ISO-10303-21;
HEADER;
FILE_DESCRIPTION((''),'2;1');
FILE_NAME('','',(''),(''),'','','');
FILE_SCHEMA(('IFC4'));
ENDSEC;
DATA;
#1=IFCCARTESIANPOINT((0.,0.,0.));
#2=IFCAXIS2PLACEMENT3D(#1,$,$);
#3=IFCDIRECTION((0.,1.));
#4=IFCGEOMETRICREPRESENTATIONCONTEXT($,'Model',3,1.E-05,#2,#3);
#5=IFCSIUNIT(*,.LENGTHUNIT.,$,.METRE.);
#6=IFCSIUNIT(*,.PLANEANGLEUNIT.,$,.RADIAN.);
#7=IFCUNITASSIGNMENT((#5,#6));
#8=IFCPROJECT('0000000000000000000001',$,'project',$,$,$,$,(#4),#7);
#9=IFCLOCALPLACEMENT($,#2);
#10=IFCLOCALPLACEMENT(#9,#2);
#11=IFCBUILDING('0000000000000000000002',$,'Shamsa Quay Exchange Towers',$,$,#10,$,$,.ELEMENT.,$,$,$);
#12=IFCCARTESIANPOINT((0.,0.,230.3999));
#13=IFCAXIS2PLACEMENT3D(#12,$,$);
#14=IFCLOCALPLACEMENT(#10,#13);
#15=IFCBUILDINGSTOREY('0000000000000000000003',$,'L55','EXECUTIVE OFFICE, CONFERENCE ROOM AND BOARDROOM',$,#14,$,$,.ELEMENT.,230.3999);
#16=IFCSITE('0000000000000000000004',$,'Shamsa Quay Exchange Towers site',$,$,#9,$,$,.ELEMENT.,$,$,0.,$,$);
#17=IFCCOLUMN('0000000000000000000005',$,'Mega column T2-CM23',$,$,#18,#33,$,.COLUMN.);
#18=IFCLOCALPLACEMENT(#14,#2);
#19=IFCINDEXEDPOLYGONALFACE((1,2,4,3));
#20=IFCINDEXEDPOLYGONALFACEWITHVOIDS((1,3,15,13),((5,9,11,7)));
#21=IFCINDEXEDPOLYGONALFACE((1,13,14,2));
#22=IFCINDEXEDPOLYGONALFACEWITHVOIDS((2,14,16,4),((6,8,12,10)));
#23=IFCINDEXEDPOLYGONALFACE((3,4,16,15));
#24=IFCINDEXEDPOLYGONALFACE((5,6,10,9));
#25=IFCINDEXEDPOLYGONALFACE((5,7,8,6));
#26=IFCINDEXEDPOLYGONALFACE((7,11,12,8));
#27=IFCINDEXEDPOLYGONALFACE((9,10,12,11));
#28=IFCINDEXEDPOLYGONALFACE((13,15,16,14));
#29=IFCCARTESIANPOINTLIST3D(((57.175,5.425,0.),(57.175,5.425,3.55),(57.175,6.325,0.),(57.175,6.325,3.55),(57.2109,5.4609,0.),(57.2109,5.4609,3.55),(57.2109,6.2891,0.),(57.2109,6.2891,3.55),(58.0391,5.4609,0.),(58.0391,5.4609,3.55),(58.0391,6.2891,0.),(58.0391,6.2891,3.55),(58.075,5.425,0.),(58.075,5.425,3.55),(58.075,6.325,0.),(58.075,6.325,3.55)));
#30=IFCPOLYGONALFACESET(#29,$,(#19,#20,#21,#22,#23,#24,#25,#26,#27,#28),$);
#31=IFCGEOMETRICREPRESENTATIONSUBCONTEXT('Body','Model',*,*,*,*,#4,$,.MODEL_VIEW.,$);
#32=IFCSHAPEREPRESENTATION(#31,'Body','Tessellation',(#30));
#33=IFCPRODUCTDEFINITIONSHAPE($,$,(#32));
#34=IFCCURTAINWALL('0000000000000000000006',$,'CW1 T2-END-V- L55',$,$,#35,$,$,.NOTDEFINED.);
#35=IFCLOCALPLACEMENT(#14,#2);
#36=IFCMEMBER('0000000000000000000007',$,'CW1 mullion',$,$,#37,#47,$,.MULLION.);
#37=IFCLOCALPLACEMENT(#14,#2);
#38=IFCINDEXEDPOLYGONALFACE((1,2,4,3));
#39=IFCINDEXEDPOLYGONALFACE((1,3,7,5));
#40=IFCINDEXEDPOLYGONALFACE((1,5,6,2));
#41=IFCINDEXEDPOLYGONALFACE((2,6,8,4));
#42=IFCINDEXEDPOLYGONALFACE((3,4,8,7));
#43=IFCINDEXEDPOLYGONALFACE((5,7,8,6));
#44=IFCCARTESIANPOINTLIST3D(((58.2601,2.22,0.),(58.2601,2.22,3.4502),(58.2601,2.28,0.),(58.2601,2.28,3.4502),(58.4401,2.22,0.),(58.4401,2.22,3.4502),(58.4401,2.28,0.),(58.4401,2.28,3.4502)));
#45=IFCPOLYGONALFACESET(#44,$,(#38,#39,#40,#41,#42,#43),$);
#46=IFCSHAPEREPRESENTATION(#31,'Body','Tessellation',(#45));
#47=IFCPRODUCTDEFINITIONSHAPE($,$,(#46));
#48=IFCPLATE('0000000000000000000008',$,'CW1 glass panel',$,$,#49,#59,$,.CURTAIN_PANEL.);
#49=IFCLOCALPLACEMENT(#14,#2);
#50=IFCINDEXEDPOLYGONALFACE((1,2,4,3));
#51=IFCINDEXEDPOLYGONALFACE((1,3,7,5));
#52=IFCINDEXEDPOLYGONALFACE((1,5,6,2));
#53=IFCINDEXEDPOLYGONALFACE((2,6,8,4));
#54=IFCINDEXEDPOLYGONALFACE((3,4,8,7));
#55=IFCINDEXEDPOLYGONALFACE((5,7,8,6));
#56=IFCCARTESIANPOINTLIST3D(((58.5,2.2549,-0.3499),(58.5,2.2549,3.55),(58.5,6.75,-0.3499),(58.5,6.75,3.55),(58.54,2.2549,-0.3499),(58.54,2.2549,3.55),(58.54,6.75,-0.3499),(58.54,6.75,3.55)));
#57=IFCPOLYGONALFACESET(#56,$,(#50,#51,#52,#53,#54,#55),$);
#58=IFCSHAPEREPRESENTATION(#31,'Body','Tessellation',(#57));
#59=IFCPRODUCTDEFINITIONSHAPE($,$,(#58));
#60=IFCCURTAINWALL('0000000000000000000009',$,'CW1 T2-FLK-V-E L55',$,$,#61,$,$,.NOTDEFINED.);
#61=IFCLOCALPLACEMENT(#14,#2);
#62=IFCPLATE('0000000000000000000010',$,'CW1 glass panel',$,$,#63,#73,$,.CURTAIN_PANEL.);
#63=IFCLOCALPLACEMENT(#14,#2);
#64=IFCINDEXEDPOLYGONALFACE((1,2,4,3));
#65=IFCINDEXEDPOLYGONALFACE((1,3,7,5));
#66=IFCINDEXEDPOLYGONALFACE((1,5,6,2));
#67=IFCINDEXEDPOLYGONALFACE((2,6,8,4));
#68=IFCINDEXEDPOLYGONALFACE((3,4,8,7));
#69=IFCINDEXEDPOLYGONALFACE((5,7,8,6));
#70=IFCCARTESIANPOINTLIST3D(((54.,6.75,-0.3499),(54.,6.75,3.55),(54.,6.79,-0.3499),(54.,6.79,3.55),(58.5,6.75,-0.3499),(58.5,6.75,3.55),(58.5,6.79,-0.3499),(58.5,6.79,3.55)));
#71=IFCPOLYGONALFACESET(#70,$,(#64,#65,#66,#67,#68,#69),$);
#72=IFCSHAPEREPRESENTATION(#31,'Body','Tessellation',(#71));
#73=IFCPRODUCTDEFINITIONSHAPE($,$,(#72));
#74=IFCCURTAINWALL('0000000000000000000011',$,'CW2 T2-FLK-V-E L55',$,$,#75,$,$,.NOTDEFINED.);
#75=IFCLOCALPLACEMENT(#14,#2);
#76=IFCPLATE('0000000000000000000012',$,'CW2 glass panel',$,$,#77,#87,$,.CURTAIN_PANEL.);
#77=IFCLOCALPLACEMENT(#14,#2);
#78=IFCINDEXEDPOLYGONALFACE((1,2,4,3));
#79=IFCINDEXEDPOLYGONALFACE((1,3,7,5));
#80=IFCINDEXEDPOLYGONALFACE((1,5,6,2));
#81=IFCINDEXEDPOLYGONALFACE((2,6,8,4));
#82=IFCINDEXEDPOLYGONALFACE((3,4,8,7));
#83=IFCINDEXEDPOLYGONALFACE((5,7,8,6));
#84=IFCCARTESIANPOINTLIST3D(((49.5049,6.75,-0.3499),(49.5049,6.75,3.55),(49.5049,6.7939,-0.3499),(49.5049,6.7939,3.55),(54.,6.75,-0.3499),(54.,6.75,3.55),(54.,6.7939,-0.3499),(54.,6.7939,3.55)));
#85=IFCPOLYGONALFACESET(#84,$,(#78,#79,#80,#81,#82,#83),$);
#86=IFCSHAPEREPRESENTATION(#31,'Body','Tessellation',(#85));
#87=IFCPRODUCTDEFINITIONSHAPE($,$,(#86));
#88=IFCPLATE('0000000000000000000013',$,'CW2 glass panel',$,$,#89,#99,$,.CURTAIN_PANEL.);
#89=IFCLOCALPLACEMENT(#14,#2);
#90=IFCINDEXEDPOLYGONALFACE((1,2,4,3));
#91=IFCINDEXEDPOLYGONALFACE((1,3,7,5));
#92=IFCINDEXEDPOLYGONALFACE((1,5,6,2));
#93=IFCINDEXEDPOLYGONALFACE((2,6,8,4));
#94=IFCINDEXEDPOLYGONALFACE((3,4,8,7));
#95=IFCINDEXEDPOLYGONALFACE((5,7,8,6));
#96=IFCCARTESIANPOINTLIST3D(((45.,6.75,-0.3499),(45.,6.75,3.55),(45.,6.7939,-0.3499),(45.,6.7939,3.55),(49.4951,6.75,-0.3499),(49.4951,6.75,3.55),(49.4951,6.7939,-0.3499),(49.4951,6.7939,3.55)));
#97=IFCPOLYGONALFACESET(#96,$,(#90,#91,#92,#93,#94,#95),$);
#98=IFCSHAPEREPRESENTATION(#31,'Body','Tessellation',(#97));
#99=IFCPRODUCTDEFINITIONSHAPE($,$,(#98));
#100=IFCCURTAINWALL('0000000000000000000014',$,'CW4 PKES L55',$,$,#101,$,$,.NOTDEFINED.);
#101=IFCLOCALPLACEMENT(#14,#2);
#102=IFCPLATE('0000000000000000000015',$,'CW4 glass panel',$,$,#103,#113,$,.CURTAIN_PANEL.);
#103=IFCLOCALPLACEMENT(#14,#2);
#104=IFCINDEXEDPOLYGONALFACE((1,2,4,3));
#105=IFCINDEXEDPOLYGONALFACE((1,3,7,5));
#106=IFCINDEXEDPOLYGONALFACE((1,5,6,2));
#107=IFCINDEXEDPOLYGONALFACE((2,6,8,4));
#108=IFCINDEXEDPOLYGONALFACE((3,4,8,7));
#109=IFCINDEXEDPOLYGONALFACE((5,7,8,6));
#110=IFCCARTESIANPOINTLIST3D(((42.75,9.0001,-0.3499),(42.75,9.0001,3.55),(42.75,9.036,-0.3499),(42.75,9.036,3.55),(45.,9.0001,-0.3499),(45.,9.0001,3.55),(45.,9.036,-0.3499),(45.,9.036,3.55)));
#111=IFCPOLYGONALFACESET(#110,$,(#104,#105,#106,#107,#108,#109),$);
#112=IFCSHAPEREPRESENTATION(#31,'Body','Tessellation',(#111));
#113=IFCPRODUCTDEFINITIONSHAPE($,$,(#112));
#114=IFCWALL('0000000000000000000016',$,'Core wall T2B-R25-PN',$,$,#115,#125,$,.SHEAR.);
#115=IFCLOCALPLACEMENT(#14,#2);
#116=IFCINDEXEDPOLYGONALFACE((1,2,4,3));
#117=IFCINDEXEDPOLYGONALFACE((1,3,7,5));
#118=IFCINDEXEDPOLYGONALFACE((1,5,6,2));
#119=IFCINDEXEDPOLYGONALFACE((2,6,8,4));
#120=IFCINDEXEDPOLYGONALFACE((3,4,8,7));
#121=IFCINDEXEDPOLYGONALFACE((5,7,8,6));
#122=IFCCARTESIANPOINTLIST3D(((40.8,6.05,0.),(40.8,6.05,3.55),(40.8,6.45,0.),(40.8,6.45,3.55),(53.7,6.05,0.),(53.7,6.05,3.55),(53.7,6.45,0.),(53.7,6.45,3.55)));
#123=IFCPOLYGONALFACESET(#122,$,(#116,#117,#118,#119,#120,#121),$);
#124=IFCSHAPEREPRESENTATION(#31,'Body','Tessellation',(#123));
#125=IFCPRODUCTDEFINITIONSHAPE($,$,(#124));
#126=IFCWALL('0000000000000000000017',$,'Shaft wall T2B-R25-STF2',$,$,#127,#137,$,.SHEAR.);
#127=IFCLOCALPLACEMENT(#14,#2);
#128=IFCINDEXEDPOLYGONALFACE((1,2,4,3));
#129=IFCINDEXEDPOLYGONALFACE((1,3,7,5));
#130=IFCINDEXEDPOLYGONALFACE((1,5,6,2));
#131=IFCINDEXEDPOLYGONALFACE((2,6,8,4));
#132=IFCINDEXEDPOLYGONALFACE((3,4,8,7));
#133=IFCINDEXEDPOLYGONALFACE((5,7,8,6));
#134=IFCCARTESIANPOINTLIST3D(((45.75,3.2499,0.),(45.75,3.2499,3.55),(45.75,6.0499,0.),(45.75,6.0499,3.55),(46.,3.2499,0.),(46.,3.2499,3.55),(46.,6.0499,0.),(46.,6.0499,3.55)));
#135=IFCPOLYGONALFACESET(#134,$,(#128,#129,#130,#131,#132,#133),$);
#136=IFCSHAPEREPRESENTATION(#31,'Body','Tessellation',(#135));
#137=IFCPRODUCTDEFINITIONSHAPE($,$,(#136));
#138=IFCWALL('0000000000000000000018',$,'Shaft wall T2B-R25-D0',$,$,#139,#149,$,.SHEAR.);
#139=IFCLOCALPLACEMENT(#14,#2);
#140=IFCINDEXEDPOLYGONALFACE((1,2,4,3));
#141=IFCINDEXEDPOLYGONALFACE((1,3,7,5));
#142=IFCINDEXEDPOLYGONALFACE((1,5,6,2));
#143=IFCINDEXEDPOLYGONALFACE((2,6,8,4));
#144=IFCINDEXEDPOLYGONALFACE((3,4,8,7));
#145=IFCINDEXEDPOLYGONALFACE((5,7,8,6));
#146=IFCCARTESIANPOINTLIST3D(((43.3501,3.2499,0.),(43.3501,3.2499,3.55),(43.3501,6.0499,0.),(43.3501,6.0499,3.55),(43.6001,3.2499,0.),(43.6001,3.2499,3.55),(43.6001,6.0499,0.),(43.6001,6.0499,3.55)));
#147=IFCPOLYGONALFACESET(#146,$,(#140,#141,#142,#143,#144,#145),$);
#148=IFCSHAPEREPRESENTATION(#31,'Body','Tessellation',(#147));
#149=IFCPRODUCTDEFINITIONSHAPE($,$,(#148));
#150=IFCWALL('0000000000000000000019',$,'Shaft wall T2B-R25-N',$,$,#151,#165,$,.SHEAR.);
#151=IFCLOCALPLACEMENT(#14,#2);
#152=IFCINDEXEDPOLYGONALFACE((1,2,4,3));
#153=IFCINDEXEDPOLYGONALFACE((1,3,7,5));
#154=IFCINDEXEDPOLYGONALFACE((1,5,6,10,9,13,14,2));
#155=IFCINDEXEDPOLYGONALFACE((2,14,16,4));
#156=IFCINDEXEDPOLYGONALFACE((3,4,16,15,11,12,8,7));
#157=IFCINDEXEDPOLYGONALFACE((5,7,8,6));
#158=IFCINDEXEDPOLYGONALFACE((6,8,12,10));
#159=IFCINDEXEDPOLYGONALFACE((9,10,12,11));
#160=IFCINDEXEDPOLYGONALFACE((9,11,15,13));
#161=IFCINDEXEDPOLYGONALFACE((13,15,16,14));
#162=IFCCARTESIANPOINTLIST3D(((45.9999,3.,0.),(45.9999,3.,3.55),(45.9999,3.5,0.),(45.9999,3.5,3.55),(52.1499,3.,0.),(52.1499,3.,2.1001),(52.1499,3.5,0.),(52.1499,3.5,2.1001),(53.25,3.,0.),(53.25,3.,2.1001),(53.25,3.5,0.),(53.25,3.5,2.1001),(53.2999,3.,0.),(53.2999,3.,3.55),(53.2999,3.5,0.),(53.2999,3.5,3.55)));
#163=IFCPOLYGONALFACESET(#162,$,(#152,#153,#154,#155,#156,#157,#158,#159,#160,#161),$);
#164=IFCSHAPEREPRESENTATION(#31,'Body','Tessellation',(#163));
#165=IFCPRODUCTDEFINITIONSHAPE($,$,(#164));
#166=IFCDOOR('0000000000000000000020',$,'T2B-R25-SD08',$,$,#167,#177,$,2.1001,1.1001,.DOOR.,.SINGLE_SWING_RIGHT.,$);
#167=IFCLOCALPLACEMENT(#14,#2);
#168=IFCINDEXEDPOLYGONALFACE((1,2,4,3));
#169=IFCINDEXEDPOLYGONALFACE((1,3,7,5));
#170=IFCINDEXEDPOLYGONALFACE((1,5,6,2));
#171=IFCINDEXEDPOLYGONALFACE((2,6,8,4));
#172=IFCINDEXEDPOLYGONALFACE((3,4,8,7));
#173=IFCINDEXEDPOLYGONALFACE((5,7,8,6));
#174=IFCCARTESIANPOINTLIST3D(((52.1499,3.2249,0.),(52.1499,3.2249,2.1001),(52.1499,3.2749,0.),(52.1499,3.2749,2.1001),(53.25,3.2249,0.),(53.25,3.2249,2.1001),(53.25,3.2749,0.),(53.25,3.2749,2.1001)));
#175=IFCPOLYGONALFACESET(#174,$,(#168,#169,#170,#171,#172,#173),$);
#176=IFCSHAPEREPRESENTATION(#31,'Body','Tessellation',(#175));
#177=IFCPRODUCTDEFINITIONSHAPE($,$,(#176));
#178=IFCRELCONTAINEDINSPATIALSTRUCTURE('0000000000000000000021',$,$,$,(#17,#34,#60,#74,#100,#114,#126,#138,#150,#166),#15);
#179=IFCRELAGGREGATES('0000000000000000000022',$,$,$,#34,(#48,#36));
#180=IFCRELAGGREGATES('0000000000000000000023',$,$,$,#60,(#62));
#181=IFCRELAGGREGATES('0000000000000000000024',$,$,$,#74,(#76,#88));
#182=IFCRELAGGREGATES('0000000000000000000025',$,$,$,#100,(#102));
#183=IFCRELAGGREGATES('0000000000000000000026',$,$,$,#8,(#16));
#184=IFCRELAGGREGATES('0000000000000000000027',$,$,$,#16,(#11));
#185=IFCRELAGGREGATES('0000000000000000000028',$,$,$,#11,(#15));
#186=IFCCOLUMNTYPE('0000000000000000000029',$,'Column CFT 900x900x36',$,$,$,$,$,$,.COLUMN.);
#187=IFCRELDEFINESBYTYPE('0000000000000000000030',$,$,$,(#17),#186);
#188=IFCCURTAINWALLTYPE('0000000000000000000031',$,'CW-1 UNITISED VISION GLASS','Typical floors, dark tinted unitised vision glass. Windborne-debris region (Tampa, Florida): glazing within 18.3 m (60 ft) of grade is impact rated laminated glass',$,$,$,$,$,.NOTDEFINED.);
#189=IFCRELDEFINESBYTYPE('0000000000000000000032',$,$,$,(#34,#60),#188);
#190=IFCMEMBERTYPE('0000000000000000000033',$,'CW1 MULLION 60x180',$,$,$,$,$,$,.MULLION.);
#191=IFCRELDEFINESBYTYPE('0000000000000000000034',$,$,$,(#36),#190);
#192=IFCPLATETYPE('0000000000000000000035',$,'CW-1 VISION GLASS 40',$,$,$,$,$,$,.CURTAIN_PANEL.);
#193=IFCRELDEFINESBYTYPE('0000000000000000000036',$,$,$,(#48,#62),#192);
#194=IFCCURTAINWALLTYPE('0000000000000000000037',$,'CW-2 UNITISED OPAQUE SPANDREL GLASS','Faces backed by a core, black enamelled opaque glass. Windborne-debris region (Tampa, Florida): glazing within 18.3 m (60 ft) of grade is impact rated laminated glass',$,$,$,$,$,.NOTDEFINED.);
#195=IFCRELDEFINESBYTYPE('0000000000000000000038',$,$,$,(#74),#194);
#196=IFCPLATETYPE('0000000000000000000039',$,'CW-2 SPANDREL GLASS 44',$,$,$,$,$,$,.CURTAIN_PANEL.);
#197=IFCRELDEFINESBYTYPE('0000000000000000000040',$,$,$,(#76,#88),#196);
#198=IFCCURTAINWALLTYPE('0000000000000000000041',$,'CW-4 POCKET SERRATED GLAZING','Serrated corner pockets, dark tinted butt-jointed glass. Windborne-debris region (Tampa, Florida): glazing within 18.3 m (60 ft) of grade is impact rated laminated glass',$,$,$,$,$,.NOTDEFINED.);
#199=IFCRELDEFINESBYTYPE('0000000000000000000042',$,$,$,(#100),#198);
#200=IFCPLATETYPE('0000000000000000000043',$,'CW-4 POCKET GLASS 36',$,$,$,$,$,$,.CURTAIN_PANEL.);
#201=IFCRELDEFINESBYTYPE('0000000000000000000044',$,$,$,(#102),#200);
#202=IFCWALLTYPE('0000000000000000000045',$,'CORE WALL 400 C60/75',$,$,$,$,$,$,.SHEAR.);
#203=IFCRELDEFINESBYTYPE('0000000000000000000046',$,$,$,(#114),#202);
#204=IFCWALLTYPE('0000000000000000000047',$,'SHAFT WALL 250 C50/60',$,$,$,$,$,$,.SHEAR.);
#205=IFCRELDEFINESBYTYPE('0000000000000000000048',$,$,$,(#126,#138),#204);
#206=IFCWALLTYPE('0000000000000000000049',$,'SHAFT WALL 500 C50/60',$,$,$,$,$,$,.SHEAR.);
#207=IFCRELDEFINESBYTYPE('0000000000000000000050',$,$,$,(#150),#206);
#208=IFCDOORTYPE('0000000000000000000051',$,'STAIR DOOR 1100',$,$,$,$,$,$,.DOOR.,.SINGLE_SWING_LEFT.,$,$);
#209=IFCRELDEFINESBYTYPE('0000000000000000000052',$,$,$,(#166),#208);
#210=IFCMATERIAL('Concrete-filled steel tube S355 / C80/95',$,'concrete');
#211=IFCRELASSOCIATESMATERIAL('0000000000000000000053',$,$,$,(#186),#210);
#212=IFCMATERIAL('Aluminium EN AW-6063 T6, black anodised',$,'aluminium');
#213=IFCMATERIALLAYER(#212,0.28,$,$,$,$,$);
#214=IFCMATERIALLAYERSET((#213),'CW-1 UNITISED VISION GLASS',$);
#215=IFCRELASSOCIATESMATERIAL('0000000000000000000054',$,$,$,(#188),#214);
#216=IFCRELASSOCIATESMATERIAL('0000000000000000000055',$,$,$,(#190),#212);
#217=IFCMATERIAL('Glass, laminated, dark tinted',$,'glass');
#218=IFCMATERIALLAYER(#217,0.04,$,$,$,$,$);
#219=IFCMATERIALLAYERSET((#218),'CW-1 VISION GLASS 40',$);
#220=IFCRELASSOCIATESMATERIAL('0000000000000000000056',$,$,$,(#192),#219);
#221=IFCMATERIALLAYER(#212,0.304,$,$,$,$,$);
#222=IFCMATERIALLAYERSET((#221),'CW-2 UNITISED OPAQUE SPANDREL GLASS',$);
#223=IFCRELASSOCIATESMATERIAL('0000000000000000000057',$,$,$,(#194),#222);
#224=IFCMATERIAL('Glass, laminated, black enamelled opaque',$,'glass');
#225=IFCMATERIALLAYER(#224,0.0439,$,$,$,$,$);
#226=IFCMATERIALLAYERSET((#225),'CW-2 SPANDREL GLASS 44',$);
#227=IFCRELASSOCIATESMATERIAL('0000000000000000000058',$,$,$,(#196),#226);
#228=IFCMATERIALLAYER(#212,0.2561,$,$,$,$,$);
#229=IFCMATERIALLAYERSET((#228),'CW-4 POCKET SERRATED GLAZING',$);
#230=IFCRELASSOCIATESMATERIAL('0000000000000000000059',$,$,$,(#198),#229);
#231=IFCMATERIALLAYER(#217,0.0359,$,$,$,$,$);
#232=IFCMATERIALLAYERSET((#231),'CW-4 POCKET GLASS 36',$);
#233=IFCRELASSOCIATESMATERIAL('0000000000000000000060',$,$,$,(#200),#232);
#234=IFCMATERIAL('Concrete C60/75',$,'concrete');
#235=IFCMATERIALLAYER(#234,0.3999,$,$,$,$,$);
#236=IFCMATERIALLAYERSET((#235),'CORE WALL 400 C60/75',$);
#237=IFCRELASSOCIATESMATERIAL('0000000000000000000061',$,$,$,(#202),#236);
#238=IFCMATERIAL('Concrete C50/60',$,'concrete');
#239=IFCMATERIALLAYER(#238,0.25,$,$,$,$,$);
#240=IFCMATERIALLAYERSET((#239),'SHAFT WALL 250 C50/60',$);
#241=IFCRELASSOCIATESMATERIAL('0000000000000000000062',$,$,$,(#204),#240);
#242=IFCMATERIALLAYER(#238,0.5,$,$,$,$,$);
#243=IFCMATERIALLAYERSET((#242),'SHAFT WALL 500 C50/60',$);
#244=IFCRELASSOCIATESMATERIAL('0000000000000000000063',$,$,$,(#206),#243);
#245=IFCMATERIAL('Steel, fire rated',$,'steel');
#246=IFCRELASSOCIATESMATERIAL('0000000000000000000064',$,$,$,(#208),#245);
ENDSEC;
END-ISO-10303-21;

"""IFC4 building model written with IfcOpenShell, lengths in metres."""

from ifc_helpers import new_model, si_unit, direction, frame, frame_2d, origin, origin_2d, place, context, subcontext, project, spatial, rectangle, hollow_rectangle, extrude, material, layer, layer_set, material_profile, profile_set, type_object, element, fill, aggregate, save


model = new_model("IFC4")

# Units and contexts
model_context = context("Model", 3, precision=1e-05, world=origin(), true_north=direction((0.0, 1.0)))
body_context = subcontext(model_context, "Body", "Model", "MODEL_VIEW")
ifc_project = project(units=[si_unit("LENGTHUNIT", "METRE"), si_unit("PLANEANGLEUNIT", "RADIAN")], contexts=[model_context])

# Site, building, storey
site_placement = place(None, origin())
site = spatial("IfcSite", under=ifc_project, at=site_placement, Name="Shamsa Quay Exchange Towers site", CompositionType="ELEMENT", RefElevation=0.0)
building_placement = place(site_placement, origin())
building = spatial("IfcBuilding", under=site, at=building_placement, Name="Shamsa Quay Exchange Towers", CompositionType="ELEMENT")
storey_placement = place(building_placement, frame((0.0, 0.0, 230.3999)))
storey = spatial("IfcBuildingStorey", under=building, at=storey_placement, Name="L55", Description="EXECUTIVE OFFICE, CONFERENCE ROOM AND BOARDROOM", CompositionType="ELEMENT", Elevation=230.3999)

# Column
ifc_material_1 = material(Name="Concrete-filled steel tube S355 / C80/95", Category="concrete")
ifc_material_profile_1 = material_profile(ifc_material_1, hollow_rectangle(XDim=0.8999, YDim=0.8999, WallThickness=0.0359, at=origin_2d()), Name="CFT 900x900x36")
ifc_profile_set_1 = profile_set([ifc_material_profile_1], Name="Concrete-filled steel tube S355 / C80/95")
column_type = type_object("IfcColumnType", Name="Column CFT 900x900x36", PredefinedType="COLUMN", material=ifc_profile_set_1)
column_placement = place(storey_placement, frame((57.625, 5.875, 0.0)))
element("IfcColumn", 1, at=column_placement, inside=storey, type_object=column_type, Name="Mega column T2-CM23", PredefinedType="COLUMN", context=body_context, shape_type="SweptSolid", body=[
    extrude(hollow_rectangle(XDim=0.8999, YDim=0.8999, WallThickness=0.0359, at=origin_2d()), origin(), (0.0, 0.0, 1.0), 3.55),
])

# Curtain wall, member, plate
ifc_material_2 = material(Name="Aluminium EN AW-6063 T6, black anodised", Category="aluminium")
ifc_layer_1 = layer(ifc_material_2, 0.28)
ifc_layer_set_1 = layer_set([ifc_layer_1], Name="CW-1 UNITISED VISION GLASS")
curtain_wall_type_1 = type_object("IfcCurtainWallType", Name="CW-1 UNITISED VISION GLASS", Description="Typical floors, dark tinted unitised vision glass. Windborne-debris region (Tampa, Florida): glazing within 18.3 m (60 ft) of grade is impact rated laminated glass", PredefinedType="NOTDEFINED", material=ifc_layer_set_1)
curtain_wall_1_placement = place(storey_placement, origin())
curtain_wall_1 = element("IfcCurtainWall", 2, at=curtain_wall_1_placement, inside=storey, type_object=curtain_wall_type_1, Name="CW1 T2-END-V- L55", PredefinedType="NOTDEFINED")
ifc_material_profile_2 = material_profile(ifc_material_2, rectangle(XDim=0.1799, YDim=0.0601, at=origin_2d()), Name="MU60x180")
ifc_profile_set_2 = profile_set([ifc_material_profile_2], Name="Aluminium EN AW-6063 T6, black anodised")
member_type = type_object("IfcMemberType", Name="CW1 MULLION 60x180", PredefinedType="MULLION", material=ifc_profile_set_2)
member_placement = place(storey_placement, frame((58.3501, 2.25, 0.0), z_axis=(0.0, 0.0, 1.0), x_axis=(-1.0, 0.0, 0.0)))
member = element("IfcMember", 3, at=member_placement, type_object=member_type, Name="CW1 mullion", PredefinedType="MULLION", context=body_context, shape_type="SweptSolid", body=[
    extrude(rectangle(XDim=0.1799, YDim=0.0601, at=origin_2d()), origin(), (0.0, 0.0, 1.0), 3.4502),
])
ifc_material_3 = material(Name="Glass, laminated, dark tinted", Category="glass")
ifc_layer_2 = layer(ifc_material_3, 0.04)
ifc_layer_set_2 = layer_set([ifc_layer_2], Name="CW-1 VISION GLASS 40")
plate_type_1 = type_object("IfcPlateType", Name="CW-1 VISION GLASS 40", PredefinedType="CURTAIN_PANEL", material=ifc_layer_set_2)
plate_1_placement = place(storey_placement, frame((58.52, 4.5024, -0.3499), z_axis=(0.0, 0.0, 1.0), x_axis=(0.0, 1.0, 0.0)))
plate_1 = element("IfcPlate", 4, at=plate_1_placement, type_object=plate_type_1, Name="CW1 glass panel", PredefinedType="CURTAIN_PANEL", context=body_context, shape_type="SweptSolid", body=[
    extrude(rectangle(XDim=4.4951, YDim=0.04, at=origin_2d()), origin(), (0.0, 0.0, 1.0), 3.8999),
])
aggregate(curtain_wall_1, [plate_1, member])

# Curtain wall, plate
curtain_wall_2_placement = place(storey_placement, origin())
curtain_wall_2 = element("IfcCurtainWall", 5, at=curtain_wall_2_placement, inside=storey, type_object=curtain_wall_type_1, Name="CW1 T2-FLK-V-E L55", PredefinedType="NOTDEFINED")
plate_2_placement = place(storey_placement, frame((56.25, 6.77, -0.3499), z_axis=(0.0, 0.0, 1.0), x_axis=(-1.0, 0.0, 0.0)))
plate_2 = element("IfcPlate", 6, at=plate_2_placement, type_object=plate_type_1, Name="CW1 glass panel", PredefinedType="CURTAIN_PANEL", context=body_context, shape_type="SweptSolid", body=[
    extrude(rectangle(XDim=4.5, YDim=0.04, at=origin_2d()), origin(), (0.0, 0.0, 1.0), 3.8999),
])
aggregate(curtain_wall_2, [plate_2])

# Curtain wall, plates
ifc_layer_3 = layer(ifc_material_2, 0.304)
ifc_layer_set_3 = layer_set([ifc_layer_3], Name="CW-2 UNITISED OPAQUE SPANDREL GLASS")
curtain_wall_type_2 = type_object("IfcCurtainWallType", Name="CW-2 UNITISED OPAQUE SPANDREL GLASS", Description="Faces backed by a core, black enamelled opaque glass. Windborne-debris region (Tampa, Florida): glazing within 18.3 m (60 ft) of grade is impact rated laminated glass", PredefinedType="NOTDEFINED", material=ifc_layer_set_3)
curtain_wall_3_placement = place(storey_placement, origin())
curtain_wall_3 = element("IfcCurtainWall", 7, at=curtain_wall_3_placement, inside=storey, type_object=curtain_wall_type_2, Name="CW2 T2-FLK-V-E L55", PredefinedType="NOTDEFINED")
ifc_material_4 = material(Name="Glass, laminated, black enamelled opaque", Category="glass")
ifc_layer_4 = layer(ifc_material_4, 0.0439)
ifc_layer_set_4 = layer_set([ifc_layer_4], Name="CW-2 SPANDREL GLASS 44")
plate_type_2 = type_object("IfcPlateType", Name="CW-2 SPANDREL GLASS 44", PredefinedType="CURTAIN_PANEL", material=ifc_layer_set_4)
plate_3_placement = place(storey_placement, frame((51.7524, 6.772, -0.3499), z_axis=(0.0, 0.0, 1.0), x_axis=(-1.0, 0.0, 0.0)))
plate_3 = element("IfcPlate", 8, at=plate_3_placement, type_object=plate_type_2, Name="CW2 glass panel", PredefinedType="CURTAIN_PANEL", context=body_context, shape_type="SweptSolid", body=[
    extrude(rectangle(XDim=4.4951, YDim=0.0439, at=origin_2d()), origin(), (0.0, 0.0, 1.0), 3.8999),
])
plate_4_placement = place(storey_placement, frame((47.2476, 6.772, -0.3499), z_axis=(0.0, 0.0, 1.0), x_axis=(-1.0, 0.0, 0.0)))
plate_4 = element("IfcPlate", 9, at=plate_4_placement, type_object=plate_type_2, Name="CW2 glass panel", PredefinedType="CURTAIN_PANEL", context=body_context, shape_type="SweptSolid", body=[
    extrude(rectangle(XDim=4.4951, YDim=0.0439, at=origin_2d()), origin(), (0.0, 0.0, 1.0), 3.8999),
])
aggregate(curtain_wall_3, [plate_3, plate_4])

# Curtain wall, plate
ifc_layer_5 = layer(ifc_material_2, 0.2561)
ifc_layer_set_5 = layer_set([ifc_layer_5], Name="CW-4 POCKET SERRATED GLAZING")
curtain_wall_type_3 = type_object("IfcCurtainWallType", Name="CW-4 POCKET SERRATED GLAZING", Description="Serrated corner pockets, dark tinted butt-jointed glass. Windborne-debris region (Tampa, Florida): glazing within 18.3 m (60 ft) of grade is impact rated laminated glass", PredefinedType="NOTDEFINED", material=ifc_layer_set_5)
curtain_wall_4_placement = place(storey_placement, origin())
curtain_wall_4 = element("IfcCurtainWall", 10, at=curtain_wall_4_placement, inside=storey, type_object=curtain_wall_type_3, Name="CW4 PKES L55", PredefinedType="NOTDEFINED")
ifc_layer_6 = layer(ifc_material_3, 0.0359)
ifc_layer_set_6 = layer_set([ifc_layer_6], Name="CW-4 POCKET GLASS 36")
plate_type_3 = type_object("IfcPlateType", Name="CW-4 POCKET GLASS 36", PredefinedType="CURTAIN_PANEL", material=ifc_layer_set_6)
plate_5_placement = place(storey_placement, frame((43.875, 9.0181, -0.3499), z_axis=(0.0, 0.0, 1.0), x_axis=(-1.0, 0.0, 0.0)))
plate_5 = element("IfcPlate", 11, at=plate_5_placement, type_object=plate_type_3, Name="CW4 glass panel", PredefinedType="CURTAIN_PANEL", context=body_context, shape_type="SweptSolid", body=[
    extrude(rectangle(XDim=2.25, YDim=0.0359, at=origin_2d()), origin(), (0.0, 0.0, 1.0), 3.8999),
])
aggregate(curtain_wall_4, [plate_5])

# Walls
ifc_material_5 = material(Name="Concrete C60/75", Category="concrete")
ifc_layer_7 = layer(ifc_material_5, 0.3999)
ifc_layer_set_7 = layer_set([ifc_layer_7], Name="CORE WALL 400 C60/75")
wall_type_1 = type_object("IfcWallType", Name="CORE WALL 400 C60/75", PredefinedType="SHEAR", material=ifc_layer_set_7)
wall_1_placement = place(storey_placement, frame((53.7, 6.25, 0.0), z_axis=(0.0, 0.0, 1.0), x_axis=(-1.0, 0.0, 0.0)))
element("IfcWall", 12, at=wall_1_placement, inside=storey, type_object=wall_type_1, Name="Core wall T2B-R25-PN", PredefinedType="SHEAR", context=body_context, shape_type="SweptSolid", body=[
    extrude(rectangle(XDim=12.8999, YDim=0.3999, at=frame_2d((6.45, 0.0))), origin(), (0.0, 0.0, 1.0), 3.55),
])
ifc_material_6 = material(Name="Concrete C50/60", Category="concrete")
ifc_layer_8 = layer(ifc_material_6, 0.25)
ifc_layer_set_8 = layer_set([ifc_layer_8], Name="SHAFT WALL 250 C50/60")
wall_type_2 = type_object("IfcWallType", Name="SHAFT WALL 250 C50/60", PredefinedType="SHEAR", material=ifc_layer_set_8)
for number, where, z_axis, x_axis, name in (
    (13, (45.875, 3.25, 0.0), (0.0, 0.0, 1.0), (0.0, 1.0, 0.0), "Shaft wall T2B-R25-STF2"),
    (14, (43.4751, 3.25, 0.0), (0.0, 0.0, 1.0), (0.0, 1.0, 0.0), "Shaft wall T2B-R25-D0"),
):
    element("IfcWall", number, at=place(storey_placement, frame(where, z_axis=z_axis, x_axis=x_axis)), inside=storey, type_object=wall_type_2, Name=name, PredefinedType="SHEAR", context=body_context, shape_type="SweptSolid", body=[
        extrude(rectangle(XDim=2.8, YDim=0.25, at=frame_2d((1.3999, 0.0))), origin(), (0.0, 0.0, 1.0), 3.55),
    ])

# Wall, opening, door
ifc_layer_9 = layer(ifc_material_6, 0.5)
ifc_layer_set_9 = layer_set([ifc_layer_9], Name="SHAFT WALL 500 C50/60")
wall_type_3 = type_object("IfcWallType", Name="SHAFT WALL 500 C50/60", PredefinedType="SHEAR", material=ifc_layer_set_9)
wall_2_placement = place(storey_placement, frame((46.0, 3.25, 0.0)))
wall_2 = element("IfcWall", 15, at=wall_2_placement, inside=storey, type_object=wall_type_3, Name="Shaft wall T2B-R25-N", PredefinedType="SHEAR", context=body_context, shape_type="SweptSolid", body=[
    extrude(rectangle(XDim=7.3, YDim=0.5, at=frame_2d((3.6499, 0.0))), origin(), (0.0, 0.0, 1.0), 3.55),
])
opening_1_placement = place(wall_2_placement, frame((6.1499, 0.0, 0.0)))
opening_1 = element("IfcOpeningElement", 16, at=opening_1_placement, cuts=wall_2, PredefinedType="OPENING", context=body_context, shape_type="SweptSolid", body=[
    extrude(rectangle(XDim=1.1001, YDim=2.1001, at=frame_2d((0.55, 1.05))), frame((0.0, 0.26, 0.0), z_axis=(0.0, -1.0, 0.0), x_axis=(1.0, 0.0, 0.0)), (0.0, 0.0, 1.0), 0.52),
])
ifc_material_7 = material(Name="Steel, fire rated", Category="steel")
door_type_1 = type_object("IfcDoorType", Name="STAIR DOOR 1100", OperationType="SINGLE_SWING_LEFT", PredefinedType="DOOR", material=ifc_material_7)
door_1_placement = place(opening_1_placement, origin())
door_1 = element("IfcDoor", 17, at=door_1_placement, inside=storey, type_object=door_type_1, Name="T2B-R25-SD08", OperationType="SINGLE_SWING_RIGHT", OverallHeight=2.1001, OverallWidth=1.1001, PredefinedType="DOOR", context=body_context, shape_type="SweptSolid", body=[
    extrude(rectangle(XDim=1.1001, YDim=2.1001, at=frame_2d((0.55, 1.05))), frame((0.0, 0.0249, 0.0), z_axis=(0.0, -1.0, 0.0), x_axis=(1.0, 0.0, 0.0)), (0.0, 0.0, 1.0), 0.05),
])
fill(opening_1, door_1)

save(model, "model.ifc")
